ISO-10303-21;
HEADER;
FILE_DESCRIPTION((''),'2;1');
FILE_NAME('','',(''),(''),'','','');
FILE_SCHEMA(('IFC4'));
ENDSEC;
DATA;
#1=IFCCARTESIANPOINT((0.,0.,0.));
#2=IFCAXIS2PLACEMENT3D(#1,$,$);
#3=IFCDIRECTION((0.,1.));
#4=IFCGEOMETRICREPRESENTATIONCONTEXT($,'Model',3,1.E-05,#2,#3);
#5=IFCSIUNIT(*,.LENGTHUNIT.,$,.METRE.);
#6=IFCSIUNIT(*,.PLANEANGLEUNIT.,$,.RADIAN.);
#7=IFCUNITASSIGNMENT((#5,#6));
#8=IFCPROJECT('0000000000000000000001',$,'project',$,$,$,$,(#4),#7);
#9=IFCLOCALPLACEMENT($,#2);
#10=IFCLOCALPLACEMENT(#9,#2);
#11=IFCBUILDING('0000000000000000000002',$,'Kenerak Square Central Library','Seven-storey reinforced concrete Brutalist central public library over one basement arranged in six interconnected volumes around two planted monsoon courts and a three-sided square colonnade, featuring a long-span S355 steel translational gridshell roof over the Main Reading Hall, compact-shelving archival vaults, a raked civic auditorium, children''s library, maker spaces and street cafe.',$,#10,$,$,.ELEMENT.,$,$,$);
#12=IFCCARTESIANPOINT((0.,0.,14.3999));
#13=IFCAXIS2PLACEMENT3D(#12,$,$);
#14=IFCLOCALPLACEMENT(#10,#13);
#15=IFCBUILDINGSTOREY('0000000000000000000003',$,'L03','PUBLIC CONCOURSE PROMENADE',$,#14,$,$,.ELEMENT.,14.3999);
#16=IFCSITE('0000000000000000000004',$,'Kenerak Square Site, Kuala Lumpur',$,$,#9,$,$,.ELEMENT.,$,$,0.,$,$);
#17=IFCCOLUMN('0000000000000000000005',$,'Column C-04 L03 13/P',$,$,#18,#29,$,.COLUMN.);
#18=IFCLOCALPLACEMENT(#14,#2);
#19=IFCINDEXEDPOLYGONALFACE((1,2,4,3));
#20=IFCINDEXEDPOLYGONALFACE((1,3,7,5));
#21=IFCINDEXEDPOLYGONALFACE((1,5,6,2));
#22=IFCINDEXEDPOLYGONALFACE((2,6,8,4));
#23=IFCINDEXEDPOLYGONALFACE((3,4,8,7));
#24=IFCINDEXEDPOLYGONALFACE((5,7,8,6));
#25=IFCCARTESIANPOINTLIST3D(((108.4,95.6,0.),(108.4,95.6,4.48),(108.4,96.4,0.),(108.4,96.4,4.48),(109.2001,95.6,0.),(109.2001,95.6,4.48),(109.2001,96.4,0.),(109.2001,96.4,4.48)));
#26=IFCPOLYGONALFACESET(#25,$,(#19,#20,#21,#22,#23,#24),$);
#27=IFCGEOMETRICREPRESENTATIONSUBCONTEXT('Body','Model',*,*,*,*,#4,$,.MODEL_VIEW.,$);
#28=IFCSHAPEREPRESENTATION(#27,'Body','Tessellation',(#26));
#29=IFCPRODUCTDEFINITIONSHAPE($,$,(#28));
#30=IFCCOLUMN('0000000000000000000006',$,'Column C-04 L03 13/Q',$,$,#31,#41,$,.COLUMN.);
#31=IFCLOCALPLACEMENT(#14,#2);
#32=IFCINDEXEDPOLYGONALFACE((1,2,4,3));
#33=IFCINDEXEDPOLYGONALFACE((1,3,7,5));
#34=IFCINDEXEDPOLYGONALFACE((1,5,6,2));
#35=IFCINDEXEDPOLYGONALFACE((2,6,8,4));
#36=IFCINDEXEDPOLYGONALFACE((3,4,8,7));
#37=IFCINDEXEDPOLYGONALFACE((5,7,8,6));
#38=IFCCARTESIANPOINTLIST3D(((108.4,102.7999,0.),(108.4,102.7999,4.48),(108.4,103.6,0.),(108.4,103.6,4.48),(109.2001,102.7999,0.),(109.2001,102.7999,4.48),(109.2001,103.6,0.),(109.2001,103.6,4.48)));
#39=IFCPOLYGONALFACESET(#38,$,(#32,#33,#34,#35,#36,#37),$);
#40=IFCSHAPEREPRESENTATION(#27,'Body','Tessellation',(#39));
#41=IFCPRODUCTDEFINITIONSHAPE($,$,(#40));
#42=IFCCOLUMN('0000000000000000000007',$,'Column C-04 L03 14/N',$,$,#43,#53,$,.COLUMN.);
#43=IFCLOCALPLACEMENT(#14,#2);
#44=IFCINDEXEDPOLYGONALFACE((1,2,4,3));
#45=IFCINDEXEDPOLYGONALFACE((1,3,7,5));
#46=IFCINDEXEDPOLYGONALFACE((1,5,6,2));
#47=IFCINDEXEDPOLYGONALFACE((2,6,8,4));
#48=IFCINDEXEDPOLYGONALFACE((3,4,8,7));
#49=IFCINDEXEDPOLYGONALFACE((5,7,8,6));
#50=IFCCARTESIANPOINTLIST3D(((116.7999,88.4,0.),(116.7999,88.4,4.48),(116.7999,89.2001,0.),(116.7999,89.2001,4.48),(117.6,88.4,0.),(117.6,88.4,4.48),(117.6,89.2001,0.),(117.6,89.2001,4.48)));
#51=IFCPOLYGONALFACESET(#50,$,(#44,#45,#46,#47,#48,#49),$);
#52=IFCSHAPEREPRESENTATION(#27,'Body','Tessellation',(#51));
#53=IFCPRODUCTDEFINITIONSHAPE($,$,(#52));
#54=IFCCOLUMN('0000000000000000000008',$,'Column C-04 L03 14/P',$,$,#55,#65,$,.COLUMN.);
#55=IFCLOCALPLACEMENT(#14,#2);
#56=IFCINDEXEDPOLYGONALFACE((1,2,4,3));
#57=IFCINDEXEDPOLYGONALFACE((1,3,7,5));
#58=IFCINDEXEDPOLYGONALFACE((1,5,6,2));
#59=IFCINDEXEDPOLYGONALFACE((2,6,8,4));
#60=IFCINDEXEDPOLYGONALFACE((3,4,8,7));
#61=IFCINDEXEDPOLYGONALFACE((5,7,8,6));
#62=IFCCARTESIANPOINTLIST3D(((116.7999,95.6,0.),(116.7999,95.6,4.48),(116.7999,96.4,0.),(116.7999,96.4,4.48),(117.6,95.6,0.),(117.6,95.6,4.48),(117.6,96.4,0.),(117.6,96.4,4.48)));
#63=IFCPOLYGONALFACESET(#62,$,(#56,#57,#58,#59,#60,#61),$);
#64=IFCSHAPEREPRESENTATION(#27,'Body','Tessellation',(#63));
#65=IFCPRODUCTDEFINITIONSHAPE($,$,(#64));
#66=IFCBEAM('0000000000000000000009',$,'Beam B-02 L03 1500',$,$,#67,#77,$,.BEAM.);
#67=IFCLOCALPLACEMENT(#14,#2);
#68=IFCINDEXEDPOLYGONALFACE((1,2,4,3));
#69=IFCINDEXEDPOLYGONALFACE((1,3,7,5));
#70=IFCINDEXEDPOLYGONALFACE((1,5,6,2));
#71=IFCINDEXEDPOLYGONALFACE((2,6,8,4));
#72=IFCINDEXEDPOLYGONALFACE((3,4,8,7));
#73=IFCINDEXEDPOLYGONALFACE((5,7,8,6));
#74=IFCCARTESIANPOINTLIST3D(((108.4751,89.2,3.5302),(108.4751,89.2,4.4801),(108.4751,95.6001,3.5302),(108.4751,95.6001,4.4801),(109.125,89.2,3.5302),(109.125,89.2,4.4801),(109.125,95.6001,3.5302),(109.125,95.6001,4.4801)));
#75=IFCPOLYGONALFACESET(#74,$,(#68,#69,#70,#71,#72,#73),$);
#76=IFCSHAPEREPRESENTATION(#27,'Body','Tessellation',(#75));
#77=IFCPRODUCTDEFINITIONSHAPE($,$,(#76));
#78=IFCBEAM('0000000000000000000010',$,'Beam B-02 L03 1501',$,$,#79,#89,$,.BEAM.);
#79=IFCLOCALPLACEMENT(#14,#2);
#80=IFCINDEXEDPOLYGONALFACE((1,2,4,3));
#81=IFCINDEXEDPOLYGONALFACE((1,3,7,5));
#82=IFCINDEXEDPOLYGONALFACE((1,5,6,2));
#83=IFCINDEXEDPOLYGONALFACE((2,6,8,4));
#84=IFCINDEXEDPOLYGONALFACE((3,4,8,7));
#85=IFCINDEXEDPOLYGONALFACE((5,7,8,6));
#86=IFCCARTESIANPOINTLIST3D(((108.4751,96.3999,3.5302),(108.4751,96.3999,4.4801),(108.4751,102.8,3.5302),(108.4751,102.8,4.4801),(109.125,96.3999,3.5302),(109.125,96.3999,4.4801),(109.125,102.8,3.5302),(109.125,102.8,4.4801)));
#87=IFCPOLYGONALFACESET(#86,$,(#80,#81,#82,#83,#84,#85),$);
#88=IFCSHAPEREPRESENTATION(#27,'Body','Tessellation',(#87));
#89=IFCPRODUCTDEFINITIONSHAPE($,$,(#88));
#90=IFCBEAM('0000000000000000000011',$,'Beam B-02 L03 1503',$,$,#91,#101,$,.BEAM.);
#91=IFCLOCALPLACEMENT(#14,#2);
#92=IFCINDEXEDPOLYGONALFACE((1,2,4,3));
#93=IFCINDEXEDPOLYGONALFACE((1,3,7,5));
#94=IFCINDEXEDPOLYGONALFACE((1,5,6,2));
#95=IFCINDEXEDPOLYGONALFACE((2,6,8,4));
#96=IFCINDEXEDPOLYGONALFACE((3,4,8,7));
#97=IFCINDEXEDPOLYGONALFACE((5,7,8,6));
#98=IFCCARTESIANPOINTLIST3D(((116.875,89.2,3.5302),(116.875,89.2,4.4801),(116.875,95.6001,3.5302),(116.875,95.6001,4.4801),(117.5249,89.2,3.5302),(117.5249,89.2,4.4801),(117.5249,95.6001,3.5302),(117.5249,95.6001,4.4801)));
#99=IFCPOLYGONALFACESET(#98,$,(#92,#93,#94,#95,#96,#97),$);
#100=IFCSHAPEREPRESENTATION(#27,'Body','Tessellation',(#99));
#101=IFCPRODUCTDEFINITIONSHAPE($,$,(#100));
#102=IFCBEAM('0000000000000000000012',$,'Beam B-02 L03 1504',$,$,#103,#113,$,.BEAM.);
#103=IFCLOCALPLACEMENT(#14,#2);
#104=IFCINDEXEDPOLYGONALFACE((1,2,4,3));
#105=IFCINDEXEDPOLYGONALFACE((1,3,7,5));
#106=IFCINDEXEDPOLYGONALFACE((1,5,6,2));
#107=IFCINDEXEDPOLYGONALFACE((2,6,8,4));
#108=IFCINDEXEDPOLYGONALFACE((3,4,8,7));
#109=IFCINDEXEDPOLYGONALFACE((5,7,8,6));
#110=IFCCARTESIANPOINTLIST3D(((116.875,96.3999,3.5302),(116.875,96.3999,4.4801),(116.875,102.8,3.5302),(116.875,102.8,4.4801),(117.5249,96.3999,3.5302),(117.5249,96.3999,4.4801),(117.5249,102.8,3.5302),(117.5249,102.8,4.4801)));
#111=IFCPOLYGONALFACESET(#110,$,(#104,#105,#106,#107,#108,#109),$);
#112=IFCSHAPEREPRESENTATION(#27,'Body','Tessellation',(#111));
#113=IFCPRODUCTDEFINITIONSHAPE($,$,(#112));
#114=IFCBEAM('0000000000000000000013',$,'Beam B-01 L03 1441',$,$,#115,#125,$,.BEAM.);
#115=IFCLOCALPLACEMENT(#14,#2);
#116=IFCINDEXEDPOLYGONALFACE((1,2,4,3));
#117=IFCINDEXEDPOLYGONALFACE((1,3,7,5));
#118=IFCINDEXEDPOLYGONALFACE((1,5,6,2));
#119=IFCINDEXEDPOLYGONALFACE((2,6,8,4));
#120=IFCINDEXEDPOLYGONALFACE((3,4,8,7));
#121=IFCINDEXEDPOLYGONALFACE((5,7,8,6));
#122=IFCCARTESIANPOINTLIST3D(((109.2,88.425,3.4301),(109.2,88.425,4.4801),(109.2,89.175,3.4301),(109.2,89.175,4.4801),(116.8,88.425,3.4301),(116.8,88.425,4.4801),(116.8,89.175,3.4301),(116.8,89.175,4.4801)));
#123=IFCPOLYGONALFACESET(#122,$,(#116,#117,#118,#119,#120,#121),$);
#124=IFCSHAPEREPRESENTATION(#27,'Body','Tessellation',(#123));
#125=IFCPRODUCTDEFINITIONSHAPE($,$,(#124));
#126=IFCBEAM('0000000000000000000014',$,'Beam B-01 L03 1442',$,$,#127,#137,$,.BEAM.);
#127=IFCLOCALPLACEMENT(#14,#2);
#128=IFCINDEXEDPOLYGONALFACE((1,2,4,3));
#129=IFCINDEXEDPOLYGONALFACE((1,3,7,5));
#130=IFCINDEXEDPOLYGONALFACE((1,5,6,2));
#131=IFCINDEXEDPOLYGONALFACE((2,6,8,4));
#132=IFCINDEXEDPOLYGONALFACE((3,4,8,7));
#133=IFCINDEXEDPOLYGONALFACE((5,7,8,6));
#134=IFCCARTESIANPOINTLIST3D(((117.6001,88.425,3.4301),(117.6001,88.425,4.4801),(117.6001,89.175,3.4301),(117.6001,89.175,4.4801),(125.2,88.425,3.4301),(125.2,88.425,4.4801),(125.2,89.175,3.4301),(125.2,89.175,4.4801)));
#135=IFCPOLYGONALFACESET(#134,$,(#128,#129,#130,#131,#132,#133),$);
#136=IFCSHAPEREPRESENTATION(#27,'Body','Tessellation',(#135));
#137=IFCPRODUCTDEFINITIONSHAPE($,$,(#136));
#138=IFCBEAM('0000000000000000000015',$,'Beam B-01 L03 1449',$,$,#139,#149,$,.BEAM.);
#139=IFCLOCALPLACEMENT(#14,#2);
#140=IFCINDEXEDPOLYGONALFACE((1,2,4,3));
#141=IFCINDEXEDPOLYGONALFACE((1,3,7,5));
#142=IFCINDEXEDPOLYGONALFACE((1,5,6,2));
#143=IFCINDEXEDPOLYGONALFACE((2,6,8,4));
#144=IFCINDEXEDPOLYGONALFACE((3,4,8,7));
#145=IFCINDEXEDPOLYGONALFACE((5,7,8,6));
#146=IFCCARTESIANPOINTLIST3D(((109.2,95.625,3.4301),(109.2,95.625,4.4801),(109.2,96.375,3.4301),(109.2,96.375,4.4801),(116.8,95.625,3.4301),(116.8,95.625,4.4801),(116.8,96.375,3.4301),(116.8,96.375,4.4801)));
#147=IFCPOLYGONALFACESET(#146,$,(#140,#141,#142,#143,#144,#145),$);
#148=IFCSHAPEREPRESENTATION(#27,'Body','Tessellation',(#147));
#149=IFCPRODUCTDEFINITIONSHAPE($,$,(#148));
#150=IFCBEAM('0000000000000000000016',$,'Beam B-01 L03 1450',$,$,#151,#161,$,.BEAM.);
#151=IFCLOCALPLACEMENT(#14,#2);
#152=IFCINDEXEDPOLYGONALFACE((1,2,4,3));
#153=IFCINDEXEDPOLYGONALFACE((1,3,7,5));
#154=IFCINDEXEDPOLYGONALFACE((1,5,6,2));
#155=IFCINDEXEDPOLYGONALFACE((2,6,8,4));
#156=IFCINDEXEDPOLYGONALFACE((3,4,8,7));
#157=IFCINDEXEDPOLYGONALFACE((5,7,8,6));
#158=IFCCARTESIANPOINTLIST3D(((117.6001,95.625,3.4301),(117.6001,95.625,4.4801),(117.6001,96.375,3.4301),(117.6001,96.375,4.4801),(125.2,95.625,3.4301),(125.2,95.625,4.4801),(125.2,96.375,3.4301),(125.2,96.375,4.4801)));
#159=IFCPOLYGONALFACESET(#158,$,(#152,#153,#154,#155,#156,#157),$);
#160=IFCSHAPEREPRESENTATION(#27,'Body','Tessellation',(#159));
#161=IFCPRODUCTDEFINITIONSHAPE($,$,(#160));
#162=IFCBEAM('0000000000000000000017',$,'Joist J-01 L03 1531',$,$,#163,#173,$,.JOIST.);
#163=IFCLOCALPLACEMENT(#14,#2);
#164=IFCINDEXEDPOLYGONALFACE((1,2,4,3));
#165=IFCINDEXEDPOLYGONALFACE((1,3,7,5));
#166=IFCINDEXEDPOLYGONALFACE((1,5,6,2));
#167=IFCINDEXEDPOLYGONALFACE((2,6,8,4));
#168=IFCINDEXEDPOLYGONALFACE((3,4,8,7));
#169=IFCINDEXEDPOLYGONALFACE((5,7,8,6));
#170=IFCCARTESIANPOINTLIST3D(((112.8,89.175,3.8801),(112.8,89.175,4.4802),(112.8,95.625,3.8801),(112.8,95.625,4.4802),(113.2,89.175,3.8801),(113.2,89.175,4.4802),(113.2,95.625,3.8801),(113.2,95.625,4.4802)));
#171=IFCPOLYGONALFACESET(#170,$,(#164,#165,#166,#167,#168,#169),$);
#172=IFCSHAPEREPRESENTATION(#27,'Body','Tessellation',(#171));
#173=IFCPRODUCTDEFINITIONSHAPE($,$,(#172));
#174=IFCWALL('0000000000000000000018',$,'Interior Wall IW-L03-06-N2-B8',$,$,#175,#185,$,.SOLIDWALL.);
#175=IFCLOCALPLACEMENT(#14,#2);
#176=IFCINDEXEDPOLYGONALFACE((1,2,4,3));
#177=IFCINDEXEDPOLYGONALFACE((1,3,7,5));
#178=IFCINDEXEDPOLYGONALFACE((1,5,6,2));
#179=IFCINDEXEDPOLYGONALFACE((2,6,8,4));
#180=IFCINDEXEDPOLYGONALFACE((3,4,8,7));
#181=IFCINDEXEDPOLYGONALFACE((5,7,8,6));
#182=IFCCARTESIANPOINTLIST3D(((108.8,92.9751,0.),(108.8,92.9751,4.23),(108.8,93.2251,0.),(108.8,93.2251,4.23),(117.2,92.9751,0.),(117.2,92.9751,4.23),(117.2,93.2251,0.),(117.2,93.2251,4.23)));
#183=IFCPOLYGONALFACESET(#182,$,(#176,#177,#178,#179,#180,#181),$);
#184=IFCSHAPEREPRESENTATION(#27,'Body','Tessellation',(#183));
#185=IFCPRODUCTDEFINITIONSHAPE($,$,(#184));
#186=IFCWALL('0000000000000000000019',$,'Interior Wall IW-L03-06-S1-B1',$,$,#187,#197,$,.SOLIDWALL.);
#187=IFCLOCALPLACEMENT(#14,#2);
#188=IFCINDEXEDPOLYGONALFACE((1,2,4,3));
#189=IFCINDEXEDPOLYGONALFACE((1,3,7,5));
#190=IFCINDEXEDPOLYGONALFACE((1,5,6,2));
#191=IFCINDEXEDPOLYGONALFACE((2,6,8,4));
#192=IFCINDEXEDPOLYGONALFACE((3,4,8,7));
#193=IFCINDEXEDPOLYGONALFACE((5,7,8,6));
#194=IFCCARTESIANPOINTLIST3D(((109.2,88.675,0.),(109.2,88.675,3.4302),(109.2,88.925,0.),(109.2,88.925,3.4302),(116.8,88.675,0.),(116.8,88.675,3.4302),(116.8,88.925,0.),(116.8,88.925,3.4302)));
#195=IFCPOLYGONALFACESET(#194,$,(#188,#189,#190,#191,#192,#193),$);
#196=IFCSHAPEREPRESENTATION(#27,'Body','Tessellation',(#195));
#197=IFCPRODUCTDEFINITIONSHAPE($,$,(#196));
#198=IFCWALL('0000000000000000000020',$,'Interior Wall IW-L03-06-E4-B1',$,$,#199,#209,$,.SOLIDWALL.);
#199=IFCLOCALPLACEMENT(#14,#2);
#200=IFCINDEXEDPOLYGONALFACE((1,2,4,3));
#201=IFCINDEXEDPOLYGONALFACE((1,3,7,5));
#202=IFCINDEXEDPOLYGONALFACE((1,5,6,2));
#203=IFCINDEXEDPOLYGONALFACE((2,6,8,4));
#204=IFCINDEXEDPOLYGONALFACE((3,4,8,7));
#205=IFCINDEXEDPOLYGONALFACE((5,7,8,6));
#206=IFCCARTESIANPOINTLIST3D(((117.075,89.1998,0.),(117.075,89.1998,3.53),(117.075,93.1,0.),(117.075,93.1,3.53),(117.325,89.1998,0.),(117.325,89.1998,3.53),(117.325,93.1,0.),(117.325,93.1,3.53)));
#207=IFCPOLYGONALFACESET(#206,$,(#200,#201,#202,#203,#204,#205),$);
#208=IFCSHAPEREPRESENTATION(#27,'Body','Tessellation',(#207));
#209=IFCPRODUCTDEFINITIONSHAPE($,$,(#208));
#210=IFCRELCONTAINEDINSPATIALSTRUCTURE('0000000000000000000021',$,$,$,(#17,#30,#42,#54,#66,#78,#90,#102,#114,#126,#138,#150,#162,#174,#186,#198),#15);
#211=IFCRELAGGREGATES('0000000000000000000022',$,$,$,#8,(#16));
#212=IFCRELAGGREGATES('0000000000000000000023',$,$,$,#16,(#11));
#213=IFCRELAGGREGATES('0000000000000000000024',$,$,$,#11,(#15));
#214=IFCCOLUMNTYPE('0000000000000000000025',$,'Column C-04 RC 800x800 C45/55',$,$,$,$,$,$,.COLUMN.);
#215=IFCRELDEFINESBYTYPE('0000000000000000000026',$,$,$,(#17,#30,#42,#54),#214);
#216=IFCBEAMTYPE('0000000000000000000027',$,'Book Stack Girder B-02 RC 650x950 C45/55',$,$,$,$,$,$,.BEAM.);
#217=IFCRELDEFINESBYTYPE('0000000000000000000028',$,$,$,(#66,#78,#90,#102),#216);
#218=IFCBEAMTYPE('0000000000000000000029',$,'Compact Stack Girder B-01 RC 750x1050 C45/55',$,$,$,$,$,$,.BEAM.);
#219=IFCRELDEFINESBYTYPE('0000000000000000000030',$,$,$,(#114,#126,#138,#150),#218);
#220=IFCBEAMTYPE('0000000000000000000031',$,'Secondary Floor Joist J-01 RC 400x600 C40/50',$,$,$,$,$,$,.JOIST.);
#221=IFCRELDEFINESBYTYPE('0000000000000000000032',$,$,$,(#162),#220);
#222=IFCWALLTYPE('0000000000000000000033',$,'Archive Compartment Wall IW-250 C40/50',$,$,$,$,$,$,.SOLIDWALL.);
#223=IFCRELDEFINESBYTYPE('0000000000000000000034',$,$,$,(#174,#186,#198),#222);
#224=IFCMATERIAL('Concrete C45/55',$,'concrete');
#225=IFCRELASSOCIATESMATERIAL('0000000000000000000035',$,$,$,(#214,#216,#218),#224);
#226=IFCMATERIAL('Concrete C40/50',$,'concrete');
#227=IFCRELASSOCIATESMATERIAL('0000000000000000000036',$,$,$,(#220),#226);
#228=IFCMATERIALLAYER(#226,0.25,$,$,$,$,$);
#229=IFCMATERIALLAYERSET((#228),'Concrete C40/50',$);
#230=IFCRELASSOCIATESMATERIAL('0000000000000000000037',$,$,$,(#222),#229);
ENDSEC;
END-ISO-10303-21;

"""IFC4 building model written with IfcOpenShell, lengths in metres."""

from ifc_helpers import new_model, si_unit, direction, frame, frame_2d, origin, origin_2d, place, context, subcontext, project, spatial, rectangle, extrude, material, layer, layer_set, material_profile, profile_set, type_object, element, save


model = new_model("IFC4")

# Units and contexts
model_context = context("Model", 3, precision=1e-05, world=origin(), true_north=direction((0.0, 1.0)))
body_context = subcontext(model_context, "Body", "Model", "MODEL_VIEW")
ifc_project = project(units=[si_unit("LENGTHUNIT", "METRE"), si_unit("PLANEANGLEUNIT", "RADIAN")], contexts=[model_context])

# Site, building, storey
site_placement = place(None, origin())
site = spatial("IfcSite", under=ifc_project, at=site_placement, Name="Kenerak Square Site, Kuala Lumpur", CompositionType="ELEMENT", RefElevation=0.0)
building_placement = place(site_placement, origin())
building = spatial("IfcBuilding", under=site, at=building_placement, Name="Kenerak Square Central Library", Description="Seven-storey reinforced concrete Brutalist central public library over one basement arranged in six interconnected volumes around two planted monsoon courts and a three-sided square colonnade, featuring a long-span S355 steel translational gridshell roof over the Main Reading Hall, compact-shelving archival vaults, a raked civic auditorium, children's library, maker spaces and street cafe.", CompositionType="ELEMENT")
storey_placement = place(building_placement, frame((0.0, 0.0, 14.3999)))
storey = spatial("IfcBuildingStorey", under=building, at=storey_placement, Name="L03", Description="PUBLIC CONCOURSE PROMENADE", CompositionType="ELEMENT", Elevation=14.3999)

# Columns
ifc_material_1 = material(Name="Concrete C45/55", Category="concrete")
ifc_material_profile_1 = material_profile(ifc_material_1, rectangle(XDim=0.8, YDim=0.8, at=origin_2d()), Name="RC 800x800")
ifc_profile_set_1 = profile_set([ifc_material_profile_1], Name="Concrete C45/55")
column_type = type_object("IfcColumnType", Name="Column C-04 RC 800x800 C45/55", PredefinedType="COLUMN", material=ifc_profile_set_1)
for number, where, z_axis, x_axis, name in (
    (1, (108.8, 96.0, 0.0), (0.0, 0.0, 1.0), (1.0, 0.0, 0.0), "Column C-04 L03 13/P"),
    (2, (108.8, 103.2, 0.0), (0.0, 0.0, 1.0), (1.0, 0.0, 0.0), "Column C-04 L03 13/Q"),
    (3, (117.2, 88.8, 0.0), (0.0, 0.0, 1.0), (1.0, 0.0, 0.0), "Column C-04 L03 14/N"),
    (4, (117.2, 96.0, 0.0), (0.0, 0.0, 1.0), (1.0, 0.0, 0.0), "Column C-04 L03 14/P"),
):
    element("IfcColumn", number, at=place(storey_placement, frame(where, z_axis=z_axis, x_axis=x_axis)), inside=storey, type_object=column_type, Name=name, PredefinedType="COLUMN", context=body_context, shape_type="SweptSolid", body=[
        extrude(rectangle(XDim=0.8, YDim=0.8, at=origin_2d()), origin(), (0.0, 0.0, 1.0), 4.48),
    ])

# Beams
ifc_material_profile_2 = material_profile(ifc_material_1, rectangle(XDim=0.6499, YDim=0.95, at=origin_2d()), Name="RC 650x950")
ifc_profile_set_2 = profile_set([ifc_material_profile_2], Name="Concrete C45/55")
beam_type_1 = type_object("IfcBeamType", Name="Book Stack Girder B-02 RC 650x950 C45/55", PredefinedType="BEAM", material=ifc_profile_set_2)
for number, where, z_axis, x_axis, name in (
    (5, (108.8, 89.2, 4.0051), (0.0, 1.0, 0.0), (-1.0, 0.0, 0.0), "Beam B-02 L03 1500"),
    (6, (108.8, 96.3999, 4.0051), (0.0, 1.0, 0.0), (-1.0, 0.0, 0.0), "Beam B-02 L03 1501"),
    (7, (117.2, 89.2, 4.0051), (0.0, 1.0, 0.0), (-1.0, 0.0, 0.0), "Beam B-02 L03 1503"),
    (8, (117.2, 96.3999, 4.0051), (0.0, 1.0, 0.0), (-1.0, 0.0, 0.0), "Beam B-02 L03 1504"),
):
    element("IfcBeam", number, at=place(storey_placement, frame(where, z_axis=z_axis, x_axis=x_axis)), inside=storey, type_object=beam_type_1, Name=name, PredefinedType="BEAM", context=body_context, shape_type="SweptSolid", body=[
        extrude(rectangle(XDim=0.6499, YDim=0.95, at=origin_2d()), origin(), (0.0, 0.0, 1.0), 6.4001),
    ])
ifc_material_profile_3 = material_profile(ifc_material_1, rectangle(XDim=0.75, YDim=1.05, at=origin_2d()), Name="RC 750x1050")
ifc_profile_set_3 = profile_set([ifc_material_profile_3], Name="Concrete C45/55")
beam_type_2 = type_object("IfcBeamType", Name="Compact Stack Girder B-01 RC 750x1050 C45/55", PredefinedType="BEAM", material=ifc_profile_set_3)
beam_1_placement = place(storey_placement, frame((109.2, 88.8, 3.9551), z_axis=(1.0, 0.0, 0.0), x_axis=(0.0, 1.0, 0.0)))
element("IfcBeam", 9, at=beam_1_placement, inside=storey, type_object=beam_type_2, Name="Beam B-01 L03 1441", PredefinedType="BEAM", context=body_context, shape_type="SweptSolid", body=[
    extrude(rectangle(XDim=0.75, YDim=1.05, at=origin_2d()), origin(), (0.0, 0.0, 1.0), 7.6001),
])
beam_2_placement = place(storey_placement, frame((117.6001, 88.8, 3.9551), z_axis=(1.0, 0.0, 0.0), x_axis=(0.0, 1.0, 0.0)))
element("IfcBeam", 10, at=beam_2_placement, inside=storey, type_object=beam_type_2, Name="Beam B-01 L03 1442", PredefinedType="BEAM", context=body_context, shape_type="SweptSolid", body=[
    extrude(rectangle(XDim=0.75, YDim=1.05, at=origin_2d()), origin(), (0.0, 0.0, 1.0), 7.5999),
])
beam_3_placement = place(storey_placement, frame((109.2, 96.0, 3.9551), z_axis=(1.0, 0.0, 0.0), x_axis=(0.0, 1.0, 0.0)))
element("IfcBeam", 11, at=beam_3_placement, inside=storey, type_object=beam_type_2, Name="Beam B-01 L03 1449", PredefinedType="BEAM", context=body_context, shape_type="SweptSolid", body=[
    extrude(rectangle(XDim=0.75, YDim=1.05, at=origin_2d()), origin(), (0.0, 0.0, 1.0), 7.6001),
])
beam_4_placement = place(storey_placement, frame((117.6001, 96.0, 3.9551), z_axis=(1.0, 0.0, 0.0), x_axis=(0.0, 1.0, 0.0)))
element("IfcBeam", 12, at=beam_4_placement, inside=storey, type_object=beam_type_2, Name="Beam B-01 L03 1450", PredefinedType="BEAM", context=body_context, shape_type="SweptSolid", body=[
    extrude(rectangle(XDim=0.75, YDim=1.05, at=origin_2d()), origin(), (0.0, 0.0, 1.0), 7.5999),
])
ifc_material_2 = material(Name="Concrete C40/50", Category="concrete")
ifc_material_profile_4 = material_profile(ifc_material_2, rectangle(XDim=0.3999, YDim=0.6001, at=origin_2d()), Name="RC 400x600")
ifc_profile_set_4 = profile_set([ifc_material_profile_4], Name="Concrete C40/50")
beam_type_3 = type_object("IfcBeamType", Name="Secondary Floor Joist J-01 RC 400x600 C40/50", PredefinedType="JOIST", material=ifc_profile_set_4)
beam_5_placement = place(storey_placement, frame((113.0, 89.175, 4.1802), z_axis=(0.0, 1.0, 0.0), x_axis=(-1.0, 0.0, 0.0)))
element("IfcBeam", 13, at=beam_5_placement, inside=storey, type_object=beam_type_3, Name="Joist J-01 L03 1531", PredefinedType="JOIST", context=body_context, shape_type="SweptSolid", body=[
    extrude(rectangle(XDim=0.3999, YDim=0.6001, at=origin_2d()), origin(), (0.0, 0.0, 1.0), 6.45),
])

# Walls
ifc_layer_1 = layer(ifc_material_2, 0.25)
ifc_layer_set_1 = layer_set([ifc_layer_1], Name="Concrete C40/50")
wall_type_1 = type_object("IfcWallType", Name="Archive Compartment Wall IW-250 C40/50", PredefinedType="SOLIDWALL", material=ifc_layer_set_1)
wall_1_placement = place(storey_placement, frame((108.8, 93.1001, 0.0), z_axis=(0.0, 0.0, 1.0), x_axis=(1.0, 0.0, 0.0)))
element("IfcWall", 14, at=wall_1_placement, inside=storey, type_object=wall_type_1, Name="Interior Wall IW-L03-06-N2-B8", PredefinedType="SOLIDWALL", context=body_context, shape_type="SweptSolid", body=[
    extrude(rectangle(XDim=8.3999, YDim=0.25, at=frame_2d((4.2, 0.0))), origin(), (0.0, 0.0, 1.0), 4.23),
])
wall_2_placement = place(storey_placement, frame((116.8, 88.8, 0.0), z_axis=(0.0, 0.0, 1.0), x_axis=(-1.0, 0.0, 0.0)))
element("IfcWall", 15, at=wall_2_placement, inside=storey, type_object=wall_type_1, Name="Interior Wall IW-L03-06-S1-B1", PredefinedType="SOLIDWALL", context=body_context, shape_type="SweptSolid", body=[
    extrude(rectangle(XDim=7.6001, YDim=0.25, at=frame_2d((3.8, 0.0))), origin(), (0.0, 0.0, 1.0), 3.4302),
])
wall_3_placement = place(storey_placement, frame((117.2, 93.1001, 0.0), z_axis=(0.0, 0.0, 1.0), x_axis=(0.0, -1.0, 0.0)))
element("IfcWall", 16, at=wall_3_placement, inside=storey, type_object=wall_type_1, Name="Interior Wall IW-L03-06-E4-B1", PredefinedType="SOLIDWALL", context=body_context, shape_type="SweptSolid", body=[
    extrude(rectangle(XDim=3.9001, YDim=0.25, at=frame_2d((1.9502, 0.0))), origin(), (0.0, 0.0, 1.0), 3.53),
])

save(model, "model.ifc")
